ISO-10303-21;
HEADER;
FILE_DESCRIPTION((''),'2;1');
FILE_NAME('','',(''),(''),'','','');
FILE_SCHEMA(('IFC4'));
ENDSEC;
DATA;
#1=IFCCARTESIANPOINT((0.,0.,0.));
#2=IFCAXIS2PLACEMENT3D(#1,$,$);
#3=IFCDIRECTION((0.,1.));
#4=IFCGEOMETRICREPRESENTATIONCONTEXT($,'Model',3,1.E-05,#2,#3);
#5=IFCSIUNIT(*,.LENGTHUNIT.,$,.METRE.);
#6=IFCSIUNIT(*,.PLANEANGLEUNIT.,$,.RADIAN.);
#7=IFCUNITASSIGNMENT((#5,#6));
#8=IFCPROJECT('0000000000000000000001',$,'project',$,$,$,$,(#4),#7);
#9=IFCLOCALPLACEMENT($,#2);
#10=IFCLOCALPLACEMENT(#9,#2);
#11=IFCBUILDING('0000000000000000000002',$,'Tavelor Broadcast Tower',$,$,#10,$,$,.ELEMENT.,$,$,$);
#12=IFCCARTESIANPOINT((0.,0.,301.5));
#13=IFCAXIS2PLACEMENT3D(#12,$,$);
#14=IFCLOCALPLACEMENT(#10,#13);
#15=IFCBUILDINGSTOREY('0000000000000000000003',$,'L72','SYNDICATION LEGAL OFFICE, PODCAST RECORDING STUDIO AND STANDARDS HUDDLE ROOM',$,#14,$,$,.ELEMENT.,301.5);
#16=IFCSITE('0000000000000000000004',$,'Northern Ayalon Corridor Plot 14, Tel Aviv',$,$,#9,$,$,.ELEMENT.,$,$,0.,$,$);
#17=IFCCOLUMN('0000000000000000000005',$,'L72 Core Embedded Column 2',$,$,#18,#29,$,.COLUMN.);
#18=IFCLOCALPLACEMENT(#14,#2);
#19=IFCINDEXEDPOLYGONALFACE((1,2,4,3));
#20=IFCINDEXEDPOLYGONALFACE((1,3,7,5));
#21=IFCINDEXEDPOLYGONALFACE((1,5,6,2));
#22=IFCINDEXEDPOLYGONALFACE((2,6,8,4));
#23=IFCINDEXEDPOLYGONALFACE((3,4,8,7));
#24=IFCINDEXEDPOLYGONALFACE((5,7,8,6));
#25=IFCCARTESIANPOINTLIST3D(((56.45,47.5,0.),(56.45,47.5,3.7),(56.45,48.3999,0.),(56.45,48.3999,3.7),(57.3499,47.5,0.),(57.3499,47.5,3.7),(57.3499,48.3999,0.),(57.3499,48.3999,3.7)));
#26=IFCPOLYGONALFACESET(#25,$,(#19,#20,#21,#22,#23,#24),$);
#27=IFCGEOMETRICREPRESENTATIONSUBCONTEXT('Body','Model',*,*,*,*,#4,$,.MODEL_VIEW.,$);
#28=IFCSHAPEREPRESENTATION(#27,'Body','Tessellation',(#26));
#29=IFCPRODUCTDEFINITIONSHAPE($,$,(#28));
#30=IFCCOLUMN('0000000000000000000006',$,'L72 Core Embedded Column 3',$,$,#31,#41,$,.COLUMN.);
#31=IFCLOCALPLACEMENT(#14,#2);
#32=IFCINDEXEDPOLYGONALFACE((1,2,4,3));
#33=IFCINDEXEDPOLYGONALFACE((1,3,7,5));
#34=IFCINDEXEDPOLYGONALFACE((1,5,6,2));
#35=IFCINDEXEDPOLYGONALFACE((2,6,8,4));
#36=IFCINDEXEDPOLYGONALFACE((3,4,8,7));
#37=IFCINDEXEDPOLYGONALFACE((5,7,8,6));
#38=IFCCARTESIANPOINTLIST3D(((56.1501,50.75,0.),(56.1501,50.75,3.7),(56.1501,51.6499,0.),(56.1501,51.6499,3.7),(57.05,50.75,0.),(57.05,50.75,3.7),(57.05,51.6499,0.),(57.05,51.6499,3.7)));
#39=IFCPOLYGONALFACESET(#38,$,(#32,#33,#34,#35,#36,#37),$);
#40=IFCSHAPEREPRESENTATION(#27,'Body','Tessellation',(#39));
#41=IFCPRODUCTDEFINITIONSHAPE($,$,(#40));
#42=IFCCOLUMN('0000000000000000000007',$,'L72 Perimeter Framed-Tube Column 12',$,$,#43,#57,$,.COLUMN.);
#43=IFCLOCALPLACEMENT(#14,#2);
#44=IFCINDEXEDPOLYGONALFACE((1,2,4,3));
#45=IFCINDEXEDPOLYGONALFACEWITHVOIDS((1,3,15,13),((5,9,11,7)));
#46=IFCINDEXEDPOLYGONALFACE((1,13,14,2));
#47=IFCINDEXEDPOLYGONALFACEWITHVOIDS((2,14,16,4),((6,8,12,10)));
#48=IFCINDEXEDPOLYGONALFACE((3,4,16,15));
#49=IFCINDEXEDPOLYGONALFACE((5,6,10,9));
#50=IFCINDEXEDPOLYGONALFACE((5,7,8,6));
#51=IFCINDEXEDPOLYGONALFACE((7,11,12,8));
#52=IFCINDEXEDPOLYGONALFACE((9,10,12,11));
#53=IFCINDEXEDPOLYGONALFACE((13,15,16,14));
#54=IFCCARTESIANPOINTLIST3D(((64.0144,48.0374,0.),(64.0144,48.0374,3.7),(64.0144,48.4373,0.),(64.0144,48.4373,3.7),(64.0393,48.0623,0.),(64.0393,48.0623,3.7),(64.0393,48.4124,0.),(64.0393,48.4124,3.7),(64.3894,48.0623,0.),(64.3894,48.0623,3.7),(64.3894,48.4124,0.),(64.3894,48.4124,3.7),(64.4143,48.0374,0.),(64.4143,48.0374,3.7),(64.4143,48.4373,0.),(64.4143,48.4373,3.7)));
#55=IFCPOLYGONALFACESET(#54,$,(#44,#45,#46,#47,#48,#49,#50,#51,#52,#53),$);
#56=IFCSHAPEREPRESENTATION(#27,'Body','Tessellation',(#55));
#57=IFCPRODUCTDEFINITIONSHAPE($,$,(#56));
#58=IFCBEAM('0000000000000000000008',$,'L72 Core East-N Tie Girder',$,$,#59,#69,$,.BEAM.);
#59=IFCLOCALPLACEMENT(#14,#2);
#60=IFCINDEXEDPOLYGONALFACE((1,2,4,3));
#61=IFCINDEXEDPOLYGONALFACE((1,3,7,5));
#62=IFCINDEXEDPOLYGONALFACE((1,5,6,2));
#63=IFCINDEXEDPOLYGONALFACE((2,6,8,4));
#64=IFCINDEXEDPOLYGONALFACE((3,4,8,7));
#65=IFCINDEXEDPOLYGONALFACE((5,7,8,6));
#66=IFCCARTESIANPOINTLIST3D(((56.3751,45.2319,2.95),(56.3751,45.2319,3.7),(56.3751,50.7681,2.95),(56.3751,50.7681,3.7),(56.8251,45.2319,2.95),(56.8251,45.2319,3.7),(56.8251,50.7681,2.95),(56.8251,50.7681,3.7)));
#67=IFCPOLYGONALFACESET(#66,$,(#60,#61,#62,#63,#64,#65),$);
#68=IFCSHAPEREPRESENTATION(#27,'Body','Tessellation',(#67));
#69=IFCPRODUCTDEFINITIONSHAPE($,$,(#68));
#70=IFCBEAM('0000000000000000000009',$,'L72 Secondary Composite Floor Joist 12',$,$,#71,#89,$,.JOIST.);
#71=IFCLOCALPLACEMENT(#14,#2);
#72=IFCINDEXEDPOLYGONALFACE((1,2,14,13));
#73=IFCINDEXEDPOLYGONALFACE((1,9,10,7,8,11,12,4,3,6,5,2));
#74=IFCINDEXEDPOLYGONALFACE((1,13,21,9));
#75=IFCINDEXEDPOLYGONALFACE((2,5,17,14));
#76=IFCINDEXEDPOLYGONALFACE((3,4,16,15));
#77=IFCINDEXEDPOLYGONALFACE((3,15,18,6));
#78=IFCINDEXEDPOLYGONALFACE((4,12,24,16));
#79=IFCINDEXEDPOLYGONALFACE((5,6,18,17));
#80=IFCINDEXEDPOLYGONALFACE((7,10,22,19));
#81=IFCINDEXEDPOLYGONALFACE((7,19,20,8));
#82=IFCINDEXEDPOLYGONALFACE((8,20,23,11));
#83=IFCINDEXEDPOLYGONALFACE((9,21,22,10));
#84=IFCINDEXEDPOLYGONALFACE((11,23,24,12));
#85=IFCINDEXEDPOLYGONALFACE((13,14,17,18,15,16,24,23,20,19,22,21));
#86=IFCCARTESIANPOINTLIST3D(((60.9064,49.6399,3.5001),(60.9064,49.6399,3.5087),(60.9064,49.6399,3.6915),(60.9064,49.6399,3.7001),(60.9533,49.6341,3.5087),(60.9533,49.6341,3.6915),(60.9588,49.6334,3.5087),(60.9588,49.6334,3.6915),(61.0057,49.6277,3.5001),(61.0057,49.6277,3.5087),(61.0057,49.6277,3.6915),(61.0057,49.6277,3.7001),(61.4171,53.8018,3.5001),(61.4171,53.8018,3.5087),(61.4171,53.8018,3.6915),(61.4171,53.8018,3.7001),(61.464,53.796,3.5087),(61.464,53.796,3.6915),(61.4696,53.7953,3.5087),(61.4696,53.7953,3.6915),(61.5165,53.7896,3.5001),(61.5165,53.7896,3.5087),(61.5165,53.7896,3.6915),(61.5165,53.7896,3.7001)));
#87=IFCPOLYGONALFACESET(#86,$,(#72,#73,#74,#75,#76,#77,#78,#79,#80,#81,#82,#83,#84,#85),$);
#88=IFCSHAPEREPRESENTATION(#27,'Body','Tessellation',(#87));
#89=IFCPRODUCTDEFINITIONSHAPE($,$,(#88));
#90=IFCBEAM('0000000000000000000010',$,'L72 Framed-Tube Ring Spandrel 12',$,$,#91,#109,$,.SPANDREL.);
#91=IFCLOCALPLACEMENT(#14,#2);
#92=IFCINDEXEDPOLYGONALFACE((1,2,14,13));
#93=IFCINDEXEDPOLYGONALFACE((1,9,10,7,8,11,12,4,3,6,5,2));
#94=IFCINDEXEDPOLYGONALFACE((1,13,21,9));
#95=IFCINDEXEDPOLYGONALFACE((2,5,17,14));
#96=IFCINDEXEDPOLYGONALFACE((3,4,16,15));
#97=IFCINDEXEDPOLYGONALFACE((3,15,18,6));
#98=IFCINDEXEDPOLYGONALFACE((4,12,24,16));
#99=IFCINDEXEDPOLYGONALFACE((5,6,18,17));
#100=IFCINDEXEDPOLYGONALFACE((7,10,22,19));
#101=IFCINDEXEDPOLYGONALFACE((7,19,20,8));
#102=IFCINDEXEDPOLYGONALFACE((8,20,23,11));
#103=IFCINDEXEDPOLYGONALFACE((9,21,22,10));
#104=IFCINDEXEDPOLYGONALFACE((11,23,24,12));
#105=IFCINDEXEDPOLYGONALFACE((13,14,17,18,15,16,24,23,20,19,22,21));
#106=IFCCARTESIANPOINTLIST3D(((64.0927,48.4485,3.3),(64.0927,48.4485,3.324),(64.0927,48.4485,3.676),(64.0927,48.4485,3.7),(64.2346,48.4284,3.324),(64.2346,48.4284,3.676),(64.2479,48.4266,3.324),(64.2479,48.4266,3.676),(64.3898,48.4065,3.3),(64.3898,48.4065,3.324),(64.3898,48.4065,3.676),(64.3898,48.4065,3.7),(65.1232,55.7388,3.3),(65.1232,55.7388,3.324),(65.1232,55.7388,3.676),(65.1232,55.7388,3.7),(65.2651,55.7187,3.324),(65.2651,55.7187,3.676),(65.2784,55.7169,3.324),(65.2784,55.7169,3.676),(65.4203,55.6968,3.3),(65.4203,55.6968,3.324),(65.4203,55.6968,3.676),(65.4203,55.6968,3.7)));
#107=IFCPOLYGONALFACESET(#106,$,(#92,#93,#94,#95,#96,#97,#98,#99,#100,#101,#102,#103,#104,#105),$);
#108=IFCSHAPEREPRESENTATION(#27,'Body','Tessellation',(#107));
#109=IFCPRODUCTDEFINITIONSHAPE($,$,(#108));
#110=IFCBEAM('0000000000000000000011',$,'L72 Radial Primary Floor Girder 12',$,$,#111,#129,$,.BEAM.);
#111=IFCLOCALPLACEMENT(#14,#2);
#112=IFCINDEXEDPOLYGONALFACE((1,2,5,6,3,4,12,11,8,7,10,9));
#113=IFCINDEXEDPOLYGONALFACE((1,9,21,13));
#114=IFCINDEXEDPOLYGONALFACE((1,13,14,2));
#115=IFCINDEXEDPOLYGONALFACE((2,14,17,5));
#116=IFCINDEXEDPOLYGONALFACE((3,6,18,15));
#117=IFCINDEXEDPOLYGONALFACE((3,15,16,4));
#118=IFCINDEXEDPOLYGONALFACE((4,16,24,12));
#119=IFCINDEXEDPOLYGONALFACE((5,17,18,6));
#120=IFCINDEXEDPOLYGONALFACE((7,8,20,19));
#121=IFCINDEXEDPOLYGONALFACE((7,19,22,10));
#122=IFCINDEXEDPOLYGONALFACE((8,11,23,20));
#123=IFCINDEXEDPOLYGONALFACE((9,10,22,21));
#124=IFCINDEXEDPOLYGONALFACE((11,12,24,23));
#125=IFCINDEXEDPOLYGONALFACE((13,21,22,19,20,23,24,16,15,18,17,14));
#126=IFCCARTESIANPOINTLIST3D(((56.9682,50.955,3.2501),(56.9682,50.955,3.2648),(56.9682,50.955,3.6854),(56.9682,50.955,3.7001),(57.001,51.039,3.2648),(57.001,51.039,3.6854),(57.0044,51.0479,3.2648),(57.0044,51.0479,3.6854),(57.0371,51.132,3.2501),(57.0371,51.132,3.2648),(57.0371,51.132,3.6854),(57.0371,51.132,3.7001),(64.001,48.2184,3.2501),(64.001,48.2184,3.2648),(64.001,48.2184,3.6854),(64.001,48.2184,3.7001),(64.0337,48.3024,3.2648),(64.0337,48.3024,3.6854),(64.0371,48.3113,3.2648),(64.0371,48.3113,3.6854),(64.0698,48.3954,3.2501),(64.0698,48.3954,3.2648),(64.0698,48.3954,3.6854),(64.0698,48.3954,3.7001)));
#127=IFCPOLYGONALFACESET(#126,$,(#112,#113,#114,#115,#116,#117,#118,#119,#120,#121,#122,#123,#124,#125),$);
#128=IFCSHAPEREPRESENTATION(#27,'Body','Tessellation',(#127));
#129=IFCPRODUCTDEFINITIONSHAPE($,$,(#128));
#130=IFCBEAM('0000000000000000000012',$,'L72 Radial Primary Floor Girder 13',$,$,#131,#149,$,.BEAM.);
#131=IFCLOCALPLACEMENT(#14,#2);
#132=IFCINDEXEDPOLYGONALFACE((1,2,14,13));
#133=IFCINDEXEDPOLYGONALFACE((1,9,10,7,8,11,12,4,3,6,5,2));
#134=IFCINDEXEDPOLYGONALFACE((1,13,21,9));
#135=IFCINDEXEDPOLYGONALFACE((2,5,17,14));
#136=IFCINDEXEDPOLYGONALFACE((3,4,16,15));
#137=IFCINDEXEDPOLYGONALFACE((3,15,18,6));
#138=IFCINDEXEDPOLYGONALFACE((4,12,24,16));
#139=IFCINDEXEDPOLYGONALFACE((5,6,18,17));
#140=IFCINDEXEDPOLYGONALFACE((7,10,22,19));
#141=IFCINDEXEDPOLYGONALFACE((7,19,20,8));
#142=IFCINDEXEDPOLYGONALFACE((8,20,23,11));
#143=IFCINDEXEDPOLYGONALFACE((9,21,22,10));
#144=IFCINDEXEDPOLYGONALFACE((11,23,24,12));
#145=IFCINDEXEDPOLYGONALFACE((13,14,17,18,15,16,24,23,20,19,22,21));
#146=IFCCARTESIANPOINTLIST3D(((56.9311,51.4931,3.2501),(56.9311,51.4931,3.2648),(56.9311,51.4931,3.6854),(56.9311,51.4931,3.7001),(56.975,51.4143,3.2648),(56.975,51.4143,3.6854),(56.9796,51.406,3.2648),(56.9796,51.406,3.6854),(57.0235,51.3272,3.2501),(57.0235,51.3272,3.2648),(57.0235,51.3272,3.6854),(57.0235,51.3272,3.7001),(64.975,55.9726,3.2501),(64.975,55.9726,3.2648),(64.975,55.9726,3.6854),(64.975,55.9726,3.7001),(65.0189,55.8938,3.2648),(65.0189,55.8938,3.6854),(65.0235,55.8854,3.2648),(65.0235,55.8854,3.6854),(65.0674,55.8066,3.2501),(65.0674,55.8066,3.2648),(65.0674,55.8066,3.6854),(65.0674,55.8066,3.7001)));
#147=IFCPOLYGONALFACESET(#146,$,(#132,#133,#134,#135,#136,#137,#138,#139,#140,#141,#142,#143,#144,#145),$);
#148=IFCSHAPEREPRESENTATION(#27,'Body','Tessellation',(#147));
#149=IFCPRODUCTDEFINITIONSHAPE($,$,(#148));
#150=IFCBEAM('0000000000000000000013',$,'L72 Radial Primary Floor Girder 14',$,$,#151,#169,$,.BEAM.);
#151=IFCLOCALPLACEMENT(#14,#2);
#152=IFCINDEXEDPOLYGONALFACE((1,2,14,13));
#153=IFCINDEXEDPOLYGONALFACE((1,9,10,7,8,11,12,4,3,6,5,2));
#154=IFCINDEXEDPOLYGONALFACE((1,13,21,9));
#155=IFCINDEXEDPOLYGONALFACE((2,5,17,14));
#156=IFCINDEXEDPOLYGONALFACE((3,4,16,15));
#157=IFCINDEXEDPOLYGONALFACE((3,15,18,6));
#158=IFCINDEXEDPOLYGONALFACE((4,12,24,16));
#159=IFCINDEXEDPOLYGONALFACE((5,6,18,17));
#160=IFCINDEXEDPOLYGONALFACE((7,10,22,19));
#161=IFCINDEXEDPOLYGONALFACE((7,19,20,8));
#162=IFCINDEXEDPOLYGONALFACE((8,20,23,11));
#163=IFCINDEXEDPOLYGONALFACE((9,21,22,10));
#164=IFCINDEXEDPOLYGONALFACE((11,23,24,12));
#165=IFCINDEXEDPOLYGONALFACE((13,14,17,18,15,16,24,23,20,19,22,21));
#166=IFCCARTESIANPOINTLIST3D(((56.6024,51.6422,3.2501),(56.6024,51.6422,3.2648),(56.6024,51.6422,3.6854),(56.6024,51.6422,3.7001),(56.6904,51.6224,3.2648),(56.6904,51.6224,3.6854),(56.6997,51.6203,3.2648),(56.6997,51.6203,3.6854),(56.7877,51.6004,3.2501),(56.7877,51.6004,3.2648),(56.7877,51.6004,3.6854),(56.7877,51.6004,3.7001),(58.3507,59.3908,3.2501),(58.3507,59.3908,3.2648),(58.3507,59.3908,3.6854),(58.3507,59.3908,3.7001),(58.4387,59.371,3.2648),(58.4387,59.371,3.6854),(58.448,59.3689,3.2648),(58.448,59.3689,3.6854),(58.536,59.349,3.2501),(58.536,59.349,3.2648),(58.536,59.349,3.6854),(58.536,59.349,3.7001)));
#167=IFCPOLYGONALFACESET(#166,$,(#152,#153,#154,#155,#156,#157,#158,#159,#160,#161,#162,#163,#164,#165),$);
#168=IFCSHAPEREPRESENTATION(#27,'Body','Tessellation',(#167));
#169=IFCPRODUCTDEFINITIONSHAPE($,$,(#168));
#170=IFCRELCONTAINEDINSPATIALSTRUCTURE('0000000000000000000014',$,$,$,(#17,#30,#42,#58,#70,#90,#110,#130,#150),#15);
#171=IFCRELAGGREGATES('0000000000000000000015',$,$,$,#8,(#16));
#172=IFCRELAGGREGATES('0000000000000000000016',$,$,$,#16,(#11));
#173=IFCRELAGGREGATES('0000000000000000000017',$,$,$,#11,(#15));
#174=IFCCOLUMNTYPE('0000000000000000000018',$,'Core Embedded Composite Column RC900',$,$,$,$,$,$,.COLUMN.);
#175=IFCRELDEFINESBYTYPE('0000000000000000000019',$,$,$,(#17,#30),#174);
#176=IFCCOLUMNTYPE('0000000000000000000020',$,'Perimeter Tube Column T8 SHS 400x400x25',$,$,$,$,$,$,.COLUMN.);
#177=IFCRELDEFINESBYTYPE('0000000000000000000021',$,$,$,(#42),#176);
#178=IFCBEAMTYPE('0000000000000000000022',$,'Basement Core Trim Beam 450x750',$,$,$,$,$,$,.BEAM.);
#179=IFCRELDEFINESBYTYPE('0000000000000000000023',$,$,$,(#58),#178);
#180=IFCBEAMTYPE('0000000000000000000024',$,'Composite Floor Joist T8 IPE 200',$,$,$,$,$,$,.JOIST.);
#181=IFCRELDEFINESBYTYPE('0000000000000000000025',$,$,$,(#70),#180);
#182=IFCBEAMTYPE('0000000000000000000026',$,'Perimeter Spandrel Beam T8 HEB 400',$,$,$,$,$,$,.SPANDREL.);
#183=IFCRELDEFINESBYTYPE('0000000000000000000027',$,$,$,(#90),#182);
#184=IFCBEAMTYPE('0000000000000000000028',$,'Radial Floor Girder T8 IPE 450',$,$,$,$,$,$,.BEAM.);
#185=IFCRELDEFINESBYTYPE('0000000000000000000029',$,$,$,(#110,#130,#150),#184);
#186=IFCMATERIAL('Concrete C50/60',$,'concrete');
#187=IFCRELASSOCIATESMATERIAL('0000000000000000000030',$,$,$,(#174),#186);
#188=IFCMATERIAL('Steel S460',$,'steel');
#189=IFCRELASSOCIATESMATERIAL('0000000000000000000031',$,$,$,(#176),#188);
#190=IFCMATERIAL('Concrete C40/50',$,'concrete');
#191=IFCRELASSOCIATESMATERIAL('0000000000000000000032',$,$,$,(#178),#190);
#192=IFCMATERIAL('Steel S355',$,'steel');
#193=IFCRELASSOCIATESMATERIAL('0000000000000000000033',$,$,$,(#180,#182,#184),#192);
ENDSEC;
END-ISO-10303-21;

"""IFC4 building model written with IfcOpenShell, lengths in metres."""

from ifc_helpers import new_model, si_unit, direction, frame, origin, origin_2d, place, context, subcontext, project, spatial, rectangle, hollow_rectangle, i_section, extrude, material, material_profile, profile_set, type_object, element, save


model = new_model("IFC4")

# Units and contexts
model_context = context("Model", 3, precision=1e-05, world=origin(), true_north=direction((0.0, 1.0)))
body_context = subcontext(model_context, "Body", "Model", "MODEL_VIEW")
ifc_project = project(units=[si_unit("LENGTHUNIT", "METRE"), si_unit("PLANEANGLEUNIT", "RADIAN")], contexts=[model_context])

# Site, building, storey
site_placement = place(None, origin())
site = spatial("IfcSite", under=ifc_project, at=site_placement, Name="Northern Ayalon Corridor Plot 14, Tel Aviv", CompositionType="ELEMENT", RefElevation=0.0)
building_placement = place(site_placement, origin())
building = spatial("IfcBuilding", under=site, at=building_placement, Name="Tavelor Broadcast Tower", CompositionType="ELEMENT")
storey_placement = place(building_placement, frame((0.0, 0.0, 301.5)))
storey = spatial("IfcBuildingStorey", under=building, at=storey_placement, Name="L72", Description="SYNDICATION LEGAL OFFICE, PODCAST RECORDING STUDIO AND STANDARDS HUDDLE ROOM", CompositionType="ELEMENT", Elevation=301.5)

# Columns
ifc_material_1 = material(Name="Concrete C50/60", Category="concrete")
ifc_material_profile_1 = material_profile(ifc_material_1, rectangle(XDim=0.8999, YDim=0.8999, at=origin_2d()), Name="RC 900x900")
ifc_profile_set_1 = profile_set([ifc_material_profile_1], Name="Concrete C50/60")
column_type_1 = type_object("IfcColumnType", Name="Core Embedded Composite Column RC900", PredefinedType="COLUMN", material=ifc_profile_set_1)
for number, where, z_axis, x_axis, name in (
    (1, (56.8999, 47.95, 0.0), (0.0, 0.0, 1.0), (1.0, 0.0, 0.0), "L72 Core Embedded Column 2"),
    (2, (56.6001, 51.2, 0.0), (0.0, 0.0, 1.0), (1.0, 0.0, 0.0), "L72 Core Embedded Column 3"),
):
    element("IfcColumn", number, at=place(storey_placement, frame(where, z_axis=z_axis, x_axis=x_axis)), inside=storey, type_object=column_type_1, Name=name, PredefinedType="COLUMN", context=body_context, shape_type="SweptSolid", body=[
        extrude(rectangle(XDim=0.8999, YDim=0.8999, at=origin_2d()), origin(), (0.0, 0.0, 1.0), 3.7),
    ])
ifc_material_2 = material(Name="Steel S460", Category="steel")
ifc_material_profile_2 = material_profile(ifc_material_2, hollow_rectangle(XDim=0.3999, YDim=0.3999, WallThickness=0.0249, at=origin_2d()), Name="SHS 400x400x25")
ifc_profile_set_2 = profile_set([ifc_material_profile_2], Name="Steel S460")
column_type_2 = type_object("IfcColumnType", Name="Perimeter Tube Column T8 SHS 400x400x25", PredefinedType="COLUMN", material=ifc_profile_set_2)
column_placement = place(storey_placement, frame((64.2144, 48.2373, 0.0), z_axis=(0.0, 0.0, 1.0), x_axis=(1.0, 0.0, 0.0)))
element("IfcColumn", 3, at=column_placement, inside=storey, type_object=column_type_2, Name="L72 Perimeter Framed-Tube Column 12", PredefinedType="COLUMN", context=body_context, shape_type="SweptSolid", body=[
    extrude(hollow_rectangle(XDim=0.3999, YDim=0.3999, WallThickness=0.0249, at=origin_2d()), origin(), (0.0, 0.0, 1.0), 3.7),
])

# Beams
ifc_material_3 = material(Name="Concrete C40/50", Category="concrete")
ifc_material_profile_3 = material_profile(ifc_material_3, rectangle(XDim=0.45, YDim=0.75, at=origin_2d()), Name="RC 450x750")
ifc_profile_set_3 = profile_set([ifc_material_profile_3], Name="Concrete C40/50")
beam_type_1 = type_object("IfcBeamType", Name="Basement Core Trim Beam 450x750", PredefinedType="BEAM", material=ifc_profile_set_3)
beam_1_placement = place(storey_placement, frame((56.6001, 45.2319, 3.325), z_axis=(0.0, 1.0, 0.0), x_axis=(-1.0, 0.0, 0.0)))
element("IfcBeam", 4, at=beam_1_placement, inside=storey, type_object=beam_type_1, Name="L72 Core East-N Tie Girder", PredefinedType="BEAM", context=body_context, shape_type="SweptSolid", body=[
    extrude(rectangle(XDim=0.45, YDim=0.75, at=origin_2d()), origin(), (0.0, 0.0, 1.0), 5.5361),
])
ifc_material_4 = material(Name="Steel S355", Category="steel")
ifc_material_profile_4 = material_profile(ifc_material_4, i_section(OverallWidth=0.1001, OverallDepth=0.2, WebThickness=0.0056, FlangeThickness=0.0085, at=origin_2d()), Name="IPE 200")
ifc_profile_set_4 = profile_set([ifc_material_profile_4], Name="Steel S355")
beam_type_2 = type_object("IfcBeamType", Name="Composite Floor Joist T8 IPE 200", PredefinedType="JOIST", material=ifc_profile_set_4)
beam_2_placement = place(storey_placement, frame((60.9561, 49.6338, 3.6001), z_axis=(0.121806, 0.992554, 0.0), x_axis=(-0.992554, 0.121806, 0.0)))
element("IfcBeam", 5, at=beam_2_placement, inside=storey, type_object=beam_type_2, Name="L72 Secondary Composite Floor Joist 12", PredefinedType="JOIST", context=body_context, shape_type="SweptSolid", body=[
    extrude(i_section(OverallWidth=0.1001, OverallDepth=0.2, WebThickness=0.0056, FlangeThickness=0.0085, at=origin_2d()), origin(), (0.0, 0.0, 1.0), 4.1931),
])
ifc_material_profile_5 = material_profile(ifc_material_4, i_section(OverallWidth=0.3, OverallDepth=0.3999, WebThickness=0.0134, FlangeThickness=0.0239, at=origin_2d()), Name="HEB 400")
ifc_profile_set_5 = profile_set([ifc_material_profile_5], Name="Steel S355")
beam_type_3 = type_object("IfcBeamType", Name="Perimeter Spandrel Beam T8 HEB 400", PredefinedType="SPANDREL", material=ifc_profile_set_5)
beam_3_placement = place(storey_placement, frame((64.2412, 48.4275, 3.5), z_axis=(0.139964, 0.990157, 0.0), x_axis=(-0.990157, 0.139964, 0.0)))
element("IfcBeam", 6, at=beam_3_placement, inside=storey, type_object=beam_type_3, Name="L72 Framed-Tube Ring Spandrel 12", PredefinedType="SPANDREL", context=body_context, shape_type="SweptSolid", body=[
    extrude(i_section(OverallWidth=0.3, OverallDepth=0.3999, WebThickness=0.0134, FlangeThickness=0.0239, at=origin_2d()), origin(), (0.0, 0.0, 1.0), 7.3628),
])
ifc_material_profile_6 = material_profile(ifc_material_4, i_section(OverallWidth=0.1899, OverallDepth=0.45, WebThickness=0.0095, FlangeThickness=0.0146, at=origin_2d()), Name="IPE 450")
ifc_profile_set_6 = profile_set([ifc_material_profile_6], Name="Steel S355")
beam_type_4 = type_object("IfcBeamType", Name="Radial Floor Girder T8 IPE 450", PredefinedType="BEAM", material=ifc_profile_set_6)
beam_4_placement = place(storey_placement, frame((57.0027, 51.0435, 3.4751), z_axis=(0.931932, -0.362634, 0.0), x_axis=(0.362634, 0.931932, 0.0)))
element("IfcBeam", 7, at=beam_4_placement, inside=storey, type_object=beam_type_4, Name="L72 Radial Primary Floor Girder 12", PredefinedType="BEAM", context=body_context, shape_type="SweptSolid", body=[
    extrude(i_section(OverallWidth=0.1899, OverallDepth=0.45, WebThickness=0.0095, FlangeThickness=0.0146, at=origin_2d()), origin(), (0.0, 0.0, 1.0), 7.5464),
])
beam_5_placement = place(storey_placement, frame((56.9773, 51.4102, 3.4751), z_axis=(0.873667, 0.486525, 0.0), x_axis=(-0.486525, 0.873667, 0.0)))
element("IfcBeam", 8, at=beam_5_placement, inside=storey, type_object=beam_type_4, Name="L72 Radial Primary Floor Girder 13", PredefinedType="BEAM", context=body_context, shape_type="SweptSolid", body=[
    extrude(i_section(OverallWidth=0.1899, OverallDepth=0.45, WebThickness=0.0095, FlangeThickness=0.0146, at=origin_2d()), origin(), (0.0, 0.0, 1.0), 9.207),
])
beam_6_placement = place(storey_placement, frame((56.6951, 51.6213, 3.4751), z_axis=(0.220096, 0.975478, 0.0), x_axis=(-0.975478, 0.220096, 0.0)))
element("IfcBeam", 9, at=beam_6_placement, inside=storey, type_object=beam_type_4, Name="L72 Radial Primary Floor Girder 14", PredefinedType="BEAM", context=body_context, shape_type="SweptSolid", body=[
    extrude(i_section(OverallWidth=0.1899, OverallDepth=0.45, WebThickness=0.0095, FlangeThickness=0.0146, at=origin_2d()), origin(), (0.0, 0.0, 1.0), 7.9434),
])

save(model, "model.ifc")
